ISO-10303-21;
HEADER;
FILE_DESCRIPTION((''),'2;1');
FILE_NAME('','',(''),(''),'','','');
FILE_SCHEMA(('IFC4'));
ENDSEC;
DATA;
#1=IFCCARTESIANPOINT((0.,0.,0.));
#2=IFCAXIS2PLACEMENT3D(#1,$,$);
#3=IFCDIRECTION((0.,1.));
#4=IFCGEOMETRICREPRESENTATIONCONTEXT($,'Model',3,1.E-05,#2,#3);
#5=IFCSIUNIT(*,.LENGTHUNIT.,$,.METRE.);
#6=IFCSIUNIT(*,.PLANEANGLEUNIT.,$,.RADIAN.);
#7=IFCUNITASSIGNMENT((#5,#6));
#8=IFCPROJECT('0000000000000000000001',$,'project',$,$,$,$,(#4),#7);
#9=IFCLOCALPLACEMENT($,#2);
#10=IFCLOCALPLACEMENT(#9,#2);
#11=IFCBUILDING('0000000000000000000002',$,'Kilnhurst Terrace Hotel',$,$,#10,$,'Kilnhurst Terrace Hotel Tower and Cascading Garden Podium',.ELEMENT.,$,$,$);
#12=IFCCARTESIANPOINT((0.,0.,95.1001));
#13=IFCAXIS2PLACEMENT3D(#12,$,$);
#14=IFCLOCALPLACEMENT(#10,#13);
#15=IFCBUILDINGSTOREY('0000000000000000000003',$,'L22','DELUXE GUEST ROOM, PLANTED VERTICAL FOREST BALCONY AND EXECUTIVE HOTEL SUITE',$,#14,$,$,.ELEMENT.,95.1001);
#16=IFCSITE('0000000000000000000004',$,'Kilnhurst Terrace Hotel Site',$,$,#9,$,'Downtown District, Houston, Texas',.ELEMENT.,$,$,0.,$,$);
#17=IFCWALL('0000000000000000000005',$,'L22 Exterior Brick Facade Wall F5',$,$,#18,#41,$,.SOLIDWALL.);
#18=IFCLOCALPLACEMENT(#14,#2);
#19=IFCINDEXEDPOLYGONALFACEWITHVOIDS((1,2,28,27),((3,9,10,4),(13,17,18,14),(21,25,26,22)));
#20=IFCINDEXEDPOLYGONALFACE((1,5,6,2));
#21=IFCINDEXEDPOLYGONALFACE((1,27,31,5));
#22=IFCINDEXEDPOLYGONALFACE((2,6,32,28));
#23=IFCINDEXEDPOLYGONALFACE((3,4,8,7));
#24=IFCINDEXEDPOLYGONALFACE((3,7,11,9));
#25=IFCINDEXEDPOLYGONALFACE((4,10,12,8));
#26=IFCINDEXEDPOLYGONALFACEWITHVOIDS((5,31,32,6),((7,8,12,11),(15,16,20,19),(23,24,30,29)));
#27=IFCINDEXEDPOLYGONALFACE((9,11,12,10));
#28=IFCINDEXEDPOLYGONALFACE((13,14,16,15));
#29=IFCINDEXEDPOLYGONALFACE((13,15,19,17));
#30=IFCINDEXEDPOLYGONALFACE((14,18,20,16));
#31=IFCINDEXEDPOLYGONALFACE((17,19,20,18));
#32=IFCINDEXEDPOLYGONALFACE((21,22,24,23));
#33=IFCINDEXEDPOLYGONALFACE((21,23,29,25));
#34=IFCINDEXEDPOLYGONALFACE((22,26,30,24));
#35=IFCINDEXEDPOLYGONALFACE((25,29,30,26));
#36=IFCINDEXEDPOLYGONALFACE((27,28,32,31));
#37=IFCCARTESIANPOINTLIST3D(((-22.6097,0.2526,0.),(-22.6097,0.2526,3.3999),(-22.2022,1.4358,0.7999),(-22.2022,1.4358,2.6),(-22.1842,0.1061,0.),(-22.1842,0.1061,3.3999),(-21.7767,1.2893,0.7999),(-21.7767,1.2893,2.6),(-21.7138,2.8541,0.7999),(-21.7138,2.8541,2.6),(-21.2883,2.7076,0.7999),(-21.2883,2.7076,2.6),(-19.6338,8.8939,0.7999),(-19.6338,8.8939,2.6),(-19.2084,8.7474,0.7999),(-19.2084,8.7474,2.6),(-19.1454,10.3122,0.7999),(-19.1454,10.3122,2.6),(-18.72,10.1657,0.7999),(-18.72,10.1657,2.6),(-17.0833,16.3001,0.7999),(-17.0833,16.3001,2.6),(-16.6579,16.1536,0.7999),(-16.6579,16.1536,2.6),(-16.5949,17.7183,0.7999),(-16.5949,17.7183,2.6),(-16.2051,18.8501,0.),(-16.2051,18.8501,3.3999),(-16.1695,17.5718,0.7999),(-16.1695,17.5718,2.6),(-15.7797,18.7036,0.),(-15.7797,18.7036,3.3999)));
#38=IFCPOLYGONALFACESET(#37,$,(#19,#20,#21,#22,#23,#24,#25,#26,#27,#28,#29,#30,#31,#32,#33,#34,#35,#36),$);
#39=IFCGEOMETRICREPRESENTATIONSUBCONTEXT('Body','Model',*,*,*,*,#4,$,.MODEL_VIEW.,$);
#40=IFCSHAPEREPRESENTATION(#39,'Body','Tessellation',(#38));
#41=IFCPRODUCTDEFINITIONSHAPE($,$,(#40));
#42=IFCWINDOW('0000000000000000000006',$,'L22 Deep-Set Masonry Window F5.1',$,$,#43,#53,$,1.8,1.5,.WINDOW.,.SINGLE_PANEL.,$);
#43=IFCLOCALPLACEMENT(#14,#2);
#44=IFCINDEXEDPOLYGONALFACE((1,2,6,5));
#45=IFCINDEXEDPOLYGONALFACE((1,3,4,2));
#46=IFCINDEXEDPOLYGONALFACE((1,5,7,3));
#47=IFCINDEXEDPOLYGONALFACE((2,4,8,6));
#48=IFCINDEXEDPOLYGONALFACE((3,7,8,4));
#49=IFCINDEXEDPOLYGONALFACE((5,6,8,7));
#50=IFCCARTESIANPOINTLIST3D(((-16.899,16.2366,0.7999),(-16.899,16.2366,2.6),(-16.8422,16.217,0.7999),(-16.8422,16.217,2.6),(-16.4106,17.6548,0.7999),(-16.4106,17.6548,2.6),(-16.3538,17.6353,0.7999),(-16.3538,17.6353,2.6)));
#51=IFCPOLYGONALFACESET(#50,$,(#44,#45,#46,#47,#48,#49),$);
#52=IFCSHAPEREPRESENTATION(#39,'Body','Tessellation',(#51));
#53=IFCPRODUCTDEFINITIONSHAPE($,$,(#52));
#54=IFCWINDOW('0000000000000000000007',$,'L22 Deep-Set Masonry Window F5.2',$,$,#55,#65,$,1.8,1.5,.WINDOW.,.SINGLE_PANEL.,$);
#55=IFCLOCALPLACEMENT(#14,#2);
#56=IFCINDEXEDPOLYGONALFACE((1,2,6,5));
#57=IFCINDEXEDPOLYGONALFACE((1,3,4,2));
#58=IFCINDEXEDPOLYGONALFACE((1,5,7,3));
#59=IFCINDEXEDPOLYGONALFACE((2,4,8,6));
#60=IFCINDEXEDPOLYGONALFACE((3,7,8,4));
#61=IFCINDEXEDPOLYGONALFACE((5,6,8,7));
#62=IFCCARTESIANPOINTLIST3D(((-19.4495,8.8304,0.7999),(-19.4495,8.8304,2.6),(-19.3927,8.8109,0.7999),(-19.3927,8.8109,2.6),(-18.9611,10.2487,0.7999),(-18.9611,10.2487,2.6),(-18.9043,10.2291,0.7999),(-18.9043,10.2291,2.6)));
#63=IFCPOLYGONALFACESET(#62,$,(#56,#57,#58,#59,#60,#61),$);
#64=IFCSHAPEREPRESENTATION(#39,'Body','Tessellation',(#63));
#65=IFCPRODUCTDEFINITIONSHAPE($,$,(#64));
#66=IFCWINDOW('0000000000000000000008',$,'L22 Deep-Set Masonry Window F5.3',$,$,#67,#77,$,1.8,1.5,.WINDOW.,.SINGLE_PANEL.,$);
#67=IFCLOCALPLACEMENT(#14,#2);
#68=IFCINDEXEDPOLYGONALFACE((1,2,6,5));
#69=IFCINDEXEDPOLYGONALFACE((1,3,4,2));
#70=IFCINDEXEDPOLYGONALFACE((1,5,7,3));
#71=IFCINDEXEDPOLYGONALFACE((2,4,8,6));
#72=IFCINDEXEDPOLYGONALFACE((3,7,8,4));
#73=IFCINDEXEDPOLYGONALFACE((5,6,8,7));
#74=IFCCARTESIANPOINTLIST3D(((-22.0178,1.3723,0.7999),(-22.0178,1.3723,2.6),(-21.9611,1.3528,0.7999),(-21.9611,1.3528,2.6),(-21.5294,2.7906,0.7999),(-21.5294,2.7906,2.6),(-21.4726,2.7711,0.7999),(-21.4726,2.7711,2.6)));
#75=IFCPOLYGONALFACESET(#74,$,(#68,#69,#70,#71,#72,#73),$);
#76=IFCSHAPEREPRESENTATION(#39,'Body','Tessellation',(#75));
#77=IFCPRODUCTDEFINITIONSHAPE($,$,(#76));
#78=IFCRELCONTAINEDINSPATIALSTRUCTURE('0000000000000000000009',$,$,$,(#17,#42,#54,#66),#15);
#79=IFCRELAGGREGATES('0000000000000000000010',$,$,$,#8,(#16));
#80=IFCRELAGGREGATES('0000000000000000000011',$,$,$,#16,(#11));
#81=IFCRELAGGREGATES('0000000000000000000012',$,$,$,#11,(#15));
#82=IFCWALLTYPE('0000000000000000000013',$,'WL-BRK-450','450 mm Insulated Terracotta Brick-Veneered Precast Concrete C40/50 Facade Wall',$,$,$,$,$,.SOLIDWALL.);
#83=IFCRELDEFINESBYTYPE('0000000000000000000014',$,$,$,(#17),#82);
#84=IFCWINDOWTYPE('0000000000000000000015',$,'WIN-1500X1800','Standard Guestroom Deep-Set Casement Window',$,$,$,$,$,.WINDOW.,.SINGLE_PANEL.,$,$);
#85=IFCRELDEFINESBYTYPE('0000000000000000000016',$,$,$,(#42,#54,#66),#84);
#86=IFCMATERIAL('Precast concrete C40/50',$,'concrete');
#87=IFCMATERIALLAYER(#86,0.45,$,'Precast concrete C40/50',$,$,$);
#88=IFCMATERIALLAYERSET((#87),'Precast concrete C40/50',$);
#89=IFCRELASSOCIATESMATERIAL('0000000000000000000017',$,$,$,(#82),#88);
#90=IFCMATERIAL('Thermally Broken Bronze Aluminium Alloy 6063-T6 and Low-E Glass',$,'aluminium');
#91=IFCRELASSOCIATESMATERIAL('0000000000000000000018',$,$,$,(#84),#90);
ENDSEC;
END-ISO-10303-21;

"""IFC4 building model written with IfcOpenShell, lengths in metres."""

from ifc_helpers import new_model, si_unit, direction, frame, frame_2d, origin, place, context, subcontext, project, spatial, rectangle, extrude, material, layer, layer_set, type_object, element, fill, save


model = new_model("IFC4")

# Units and contexts
model_context = context("Model", 3, precision=1e-05, world=origin(), true_north=direction((0.0, 1.0)))
body_context = subcontext(model_context, "Body", "Model", "MODEL_VIEW")
ifc_project = project(units=[si_unit("LENGTHUNIT", "METRE"), si_unit("PLANEANGLEUNIT", "RADIAN")], contexts=[model_context])

# Site, building, storey
site_placement = place(None, origin())
site = spatial("IfcSite", under=ifc_project, at=site_placement, Name="Kilnhurst Terrace Hotel Site", LongName="Downtown District, Houston, Texas", CompositionType="ELEMENT", RefElevation=0.0)
building_placement = place(site_placement, origin())
building = spatial("IfcBuilding", under=site, at=building_placement, Name="Kilnhurst Terrace Hotel", LongName="Kilnhurst Terrace Hotel Tower and Cascading Garden Podium", CompositionType="ELEMENT")
storey_placement = place(building_placement, frame((0.0, 0.0, 95.1001)))
storey = spatial("IfcBuildingStorey", under=building, at=storey_placement, Name="L22", Description="DELUXE GUEST ROOM, PLANTED VERTICAL FOREST BALCONY AND EXECUTIVE HOTEL SUITE", CompositionType="ELEMENT", Elevation=95.1001)

# Shared definitions
ifc_material_1 = material(Name="Precast concrete C40/50", Category="concrete")
ifc_layer_1 = layer(ifc_material_1, 0.45, Name="Precast concrete C40/50")
ifc_layer_set_1 = layer_set([ifc_layer_1], Name="Precast concrete C40/50")
wall_type_1 = type_object("IfcWallType", Name="WL-BRK-450", Description="450 mm Insulated Terracotta Brick-Veneered Precast Concrete C40/50 Facade Wall", PredefinedType="SOLIDWALL", material=ifc_layer_set_1)

# Wall, openings, windows
wall_1_placement = place(storey_placement, frame((-15.9924, 18.7769, 0.0), z_axis=(0.0, 0.0, 1.0), x_axis=(-0.325607, -0.945505, 0.0)))
wall_1 = element("IfcWall", 1, at=wall_1_placement, inside=storey, type_object=wall_type_1, Name="L22 Exterior Brick Facade Wall F5", PredefinedType="SOLIDWALL", context=body_context, shape_type="SweptSolid", body=[
    extrude(rectangle(XDim=19.6694, YDim=0.45, at=frame_2d((9.8347, 0.0))), origin(), (0.0, 0.0, 1.0), 3.3999),
])
opening_1_placement = place(wall_1_placement, frame((1.197, 0.0, 0.8)))
opening_1 = element("IfcOpeningElement", 2, at=opening_1_placement, cuts=wall_1, PredefinedType="OPENING", context=body_context, shape_type="SweptSolid", body=[
    extrude(rectangle(XDim=1.5, YDim=1.8, at=frame_2d((0.75, 0.8999))), frame((0.0, 0.2349, 0.0), z_axis=(0.0, -1.0, 0.0), x_axis=(1.0, 0.0, 0.0)), (0.0, 0.0, 1.0), 0.47),
])
opening_2_placement = place(wall_1_placement, frame((9.03, 0.0, 0.8)))
opening_2 = element("IfcOpeningElement", 3, at=opening_2_placement, cuts=wall_1, PredefinedType="OPENING", context=body_context, shape_type="SweptSolid", body=[
    extrude(rectangle(XDim=1.5, YDim=1.8, at=frame_2d((0.75, 0.8999))), frame((0.0, 0.2349, 0.0), z_axis=(0.0, -1.0, 0.0), x_axis=(1.0, 0.0, 0.0)), (0.0, 0.0, 1.0), 0.47),
])
opening_3_placement = place(wall_1_placement, frame((16.918, 0.0, 0.8)))
opening_3 = element("IfcOpeningElement", 4, at=opening_3_placement, cuts=wall_1, PredefinedType="OPENING", context=body_context, shape_type="SweptSolid", body=[
    extrude(rectangle(XDim=1.5, YDim=1.8, at=frame_2d((0.75, 0.8999))), frame((0.0, 0.2349, 0.0), z_axis=(0.0, -1.0, 0.0), x_axis=(1.0, 0.0, 0.0)), (0.0, 0.0, 1.0), 0.47),
])
ifc_material_2 = material(Name="Thermally Broken Bronze Aluminium Alloy 6063-T6 and Low-E Glass", Category="aluminium")
window_type = type_object("IfcWindowType", Name="WIN-1500X1800", Description="Standard Guestroom Deep-Set Casement Window", PartitioningType="SINGLE_PANEL", PredefinedType="WINDOW", material=ifc_material_2)
window_1_placement = place(opening_1_placement, origin())
window_1 = element("IfcWindow", 5, at=window_1_placement, inside=storey, type_object=window_type, Name="L22 Deep-Set Masonry Window F5.1", OverallHeight=1.8, OverallWidth=1.5, PartitioningType="SINGLE_PANEL", PredefinedType="WINDOW", context=body_context, shape_type="SweptSolid", body=[
    extrude(rectangle(XDim=1.5, YDim=1.8, at=frame_2d((0.75, 0.8999))), frame((0.0, 0.03, 0.0), z_axis=(0.0, -1.0, 0.0), x_axis=(1.0, 0.0, 0.0)), (0.0, 0.0, 1.0), 0.0601),
])
fill(opening_1, window_1)
window_2_placement = place(opening_2_placement, origin())
window_2 = element("IfcWindow", 6, at=window_2_placement, inside=storey, type_object=window_type, Name="L22 Deep-Set Masonry Window F5.2", OverallHeight=1.8, OverallWidth=1.5, PartitioningType="SINGLE_PANEL", PredefinedType="WINDOW", context=body_context, shape_type="SweptSolid", body=[
    extrude(rectangle(XDim=1.5, YDim=1.8, at=frame_2d((0.75, 0.8999))), frame((0.0, 0.03, 0.0), z_axis=(0.0, -1.0, 0.0), x_axis=(1.0, 0.0, 0.0)), (0.0, 0.0, 1.0), 0.0601),
])
fill(opening_2, window_2)
window_3_placement = place(opening_3_placement, origin())
window_3 = element("IfcWindow", 7, at=window_3_placement, inside=storey, type_object=window_type, Name="L22 Deep-Set Masonry Window F5.3", OverallHeight=1.8, OverallWidth=1.5, PartitioningType="SINGLE_PANEL", PredefinedType="WINDOW", context=body_context, shape_type="SweptSolid", body=[
    extrude(rectangle(XDim=1.5, YDim=1.8, at=frame_2d((0.75, 0.8999))), frame((0.0, 0.03, 0.0), z_axis=(0.0, -1.0, 0.0), x_axis=(1.0, 0.0, 0.0)), (0.0, 0.0, 1.0), 0.0601),
])
fill(opening_3, window_3)

save(model, "model.ifc")
